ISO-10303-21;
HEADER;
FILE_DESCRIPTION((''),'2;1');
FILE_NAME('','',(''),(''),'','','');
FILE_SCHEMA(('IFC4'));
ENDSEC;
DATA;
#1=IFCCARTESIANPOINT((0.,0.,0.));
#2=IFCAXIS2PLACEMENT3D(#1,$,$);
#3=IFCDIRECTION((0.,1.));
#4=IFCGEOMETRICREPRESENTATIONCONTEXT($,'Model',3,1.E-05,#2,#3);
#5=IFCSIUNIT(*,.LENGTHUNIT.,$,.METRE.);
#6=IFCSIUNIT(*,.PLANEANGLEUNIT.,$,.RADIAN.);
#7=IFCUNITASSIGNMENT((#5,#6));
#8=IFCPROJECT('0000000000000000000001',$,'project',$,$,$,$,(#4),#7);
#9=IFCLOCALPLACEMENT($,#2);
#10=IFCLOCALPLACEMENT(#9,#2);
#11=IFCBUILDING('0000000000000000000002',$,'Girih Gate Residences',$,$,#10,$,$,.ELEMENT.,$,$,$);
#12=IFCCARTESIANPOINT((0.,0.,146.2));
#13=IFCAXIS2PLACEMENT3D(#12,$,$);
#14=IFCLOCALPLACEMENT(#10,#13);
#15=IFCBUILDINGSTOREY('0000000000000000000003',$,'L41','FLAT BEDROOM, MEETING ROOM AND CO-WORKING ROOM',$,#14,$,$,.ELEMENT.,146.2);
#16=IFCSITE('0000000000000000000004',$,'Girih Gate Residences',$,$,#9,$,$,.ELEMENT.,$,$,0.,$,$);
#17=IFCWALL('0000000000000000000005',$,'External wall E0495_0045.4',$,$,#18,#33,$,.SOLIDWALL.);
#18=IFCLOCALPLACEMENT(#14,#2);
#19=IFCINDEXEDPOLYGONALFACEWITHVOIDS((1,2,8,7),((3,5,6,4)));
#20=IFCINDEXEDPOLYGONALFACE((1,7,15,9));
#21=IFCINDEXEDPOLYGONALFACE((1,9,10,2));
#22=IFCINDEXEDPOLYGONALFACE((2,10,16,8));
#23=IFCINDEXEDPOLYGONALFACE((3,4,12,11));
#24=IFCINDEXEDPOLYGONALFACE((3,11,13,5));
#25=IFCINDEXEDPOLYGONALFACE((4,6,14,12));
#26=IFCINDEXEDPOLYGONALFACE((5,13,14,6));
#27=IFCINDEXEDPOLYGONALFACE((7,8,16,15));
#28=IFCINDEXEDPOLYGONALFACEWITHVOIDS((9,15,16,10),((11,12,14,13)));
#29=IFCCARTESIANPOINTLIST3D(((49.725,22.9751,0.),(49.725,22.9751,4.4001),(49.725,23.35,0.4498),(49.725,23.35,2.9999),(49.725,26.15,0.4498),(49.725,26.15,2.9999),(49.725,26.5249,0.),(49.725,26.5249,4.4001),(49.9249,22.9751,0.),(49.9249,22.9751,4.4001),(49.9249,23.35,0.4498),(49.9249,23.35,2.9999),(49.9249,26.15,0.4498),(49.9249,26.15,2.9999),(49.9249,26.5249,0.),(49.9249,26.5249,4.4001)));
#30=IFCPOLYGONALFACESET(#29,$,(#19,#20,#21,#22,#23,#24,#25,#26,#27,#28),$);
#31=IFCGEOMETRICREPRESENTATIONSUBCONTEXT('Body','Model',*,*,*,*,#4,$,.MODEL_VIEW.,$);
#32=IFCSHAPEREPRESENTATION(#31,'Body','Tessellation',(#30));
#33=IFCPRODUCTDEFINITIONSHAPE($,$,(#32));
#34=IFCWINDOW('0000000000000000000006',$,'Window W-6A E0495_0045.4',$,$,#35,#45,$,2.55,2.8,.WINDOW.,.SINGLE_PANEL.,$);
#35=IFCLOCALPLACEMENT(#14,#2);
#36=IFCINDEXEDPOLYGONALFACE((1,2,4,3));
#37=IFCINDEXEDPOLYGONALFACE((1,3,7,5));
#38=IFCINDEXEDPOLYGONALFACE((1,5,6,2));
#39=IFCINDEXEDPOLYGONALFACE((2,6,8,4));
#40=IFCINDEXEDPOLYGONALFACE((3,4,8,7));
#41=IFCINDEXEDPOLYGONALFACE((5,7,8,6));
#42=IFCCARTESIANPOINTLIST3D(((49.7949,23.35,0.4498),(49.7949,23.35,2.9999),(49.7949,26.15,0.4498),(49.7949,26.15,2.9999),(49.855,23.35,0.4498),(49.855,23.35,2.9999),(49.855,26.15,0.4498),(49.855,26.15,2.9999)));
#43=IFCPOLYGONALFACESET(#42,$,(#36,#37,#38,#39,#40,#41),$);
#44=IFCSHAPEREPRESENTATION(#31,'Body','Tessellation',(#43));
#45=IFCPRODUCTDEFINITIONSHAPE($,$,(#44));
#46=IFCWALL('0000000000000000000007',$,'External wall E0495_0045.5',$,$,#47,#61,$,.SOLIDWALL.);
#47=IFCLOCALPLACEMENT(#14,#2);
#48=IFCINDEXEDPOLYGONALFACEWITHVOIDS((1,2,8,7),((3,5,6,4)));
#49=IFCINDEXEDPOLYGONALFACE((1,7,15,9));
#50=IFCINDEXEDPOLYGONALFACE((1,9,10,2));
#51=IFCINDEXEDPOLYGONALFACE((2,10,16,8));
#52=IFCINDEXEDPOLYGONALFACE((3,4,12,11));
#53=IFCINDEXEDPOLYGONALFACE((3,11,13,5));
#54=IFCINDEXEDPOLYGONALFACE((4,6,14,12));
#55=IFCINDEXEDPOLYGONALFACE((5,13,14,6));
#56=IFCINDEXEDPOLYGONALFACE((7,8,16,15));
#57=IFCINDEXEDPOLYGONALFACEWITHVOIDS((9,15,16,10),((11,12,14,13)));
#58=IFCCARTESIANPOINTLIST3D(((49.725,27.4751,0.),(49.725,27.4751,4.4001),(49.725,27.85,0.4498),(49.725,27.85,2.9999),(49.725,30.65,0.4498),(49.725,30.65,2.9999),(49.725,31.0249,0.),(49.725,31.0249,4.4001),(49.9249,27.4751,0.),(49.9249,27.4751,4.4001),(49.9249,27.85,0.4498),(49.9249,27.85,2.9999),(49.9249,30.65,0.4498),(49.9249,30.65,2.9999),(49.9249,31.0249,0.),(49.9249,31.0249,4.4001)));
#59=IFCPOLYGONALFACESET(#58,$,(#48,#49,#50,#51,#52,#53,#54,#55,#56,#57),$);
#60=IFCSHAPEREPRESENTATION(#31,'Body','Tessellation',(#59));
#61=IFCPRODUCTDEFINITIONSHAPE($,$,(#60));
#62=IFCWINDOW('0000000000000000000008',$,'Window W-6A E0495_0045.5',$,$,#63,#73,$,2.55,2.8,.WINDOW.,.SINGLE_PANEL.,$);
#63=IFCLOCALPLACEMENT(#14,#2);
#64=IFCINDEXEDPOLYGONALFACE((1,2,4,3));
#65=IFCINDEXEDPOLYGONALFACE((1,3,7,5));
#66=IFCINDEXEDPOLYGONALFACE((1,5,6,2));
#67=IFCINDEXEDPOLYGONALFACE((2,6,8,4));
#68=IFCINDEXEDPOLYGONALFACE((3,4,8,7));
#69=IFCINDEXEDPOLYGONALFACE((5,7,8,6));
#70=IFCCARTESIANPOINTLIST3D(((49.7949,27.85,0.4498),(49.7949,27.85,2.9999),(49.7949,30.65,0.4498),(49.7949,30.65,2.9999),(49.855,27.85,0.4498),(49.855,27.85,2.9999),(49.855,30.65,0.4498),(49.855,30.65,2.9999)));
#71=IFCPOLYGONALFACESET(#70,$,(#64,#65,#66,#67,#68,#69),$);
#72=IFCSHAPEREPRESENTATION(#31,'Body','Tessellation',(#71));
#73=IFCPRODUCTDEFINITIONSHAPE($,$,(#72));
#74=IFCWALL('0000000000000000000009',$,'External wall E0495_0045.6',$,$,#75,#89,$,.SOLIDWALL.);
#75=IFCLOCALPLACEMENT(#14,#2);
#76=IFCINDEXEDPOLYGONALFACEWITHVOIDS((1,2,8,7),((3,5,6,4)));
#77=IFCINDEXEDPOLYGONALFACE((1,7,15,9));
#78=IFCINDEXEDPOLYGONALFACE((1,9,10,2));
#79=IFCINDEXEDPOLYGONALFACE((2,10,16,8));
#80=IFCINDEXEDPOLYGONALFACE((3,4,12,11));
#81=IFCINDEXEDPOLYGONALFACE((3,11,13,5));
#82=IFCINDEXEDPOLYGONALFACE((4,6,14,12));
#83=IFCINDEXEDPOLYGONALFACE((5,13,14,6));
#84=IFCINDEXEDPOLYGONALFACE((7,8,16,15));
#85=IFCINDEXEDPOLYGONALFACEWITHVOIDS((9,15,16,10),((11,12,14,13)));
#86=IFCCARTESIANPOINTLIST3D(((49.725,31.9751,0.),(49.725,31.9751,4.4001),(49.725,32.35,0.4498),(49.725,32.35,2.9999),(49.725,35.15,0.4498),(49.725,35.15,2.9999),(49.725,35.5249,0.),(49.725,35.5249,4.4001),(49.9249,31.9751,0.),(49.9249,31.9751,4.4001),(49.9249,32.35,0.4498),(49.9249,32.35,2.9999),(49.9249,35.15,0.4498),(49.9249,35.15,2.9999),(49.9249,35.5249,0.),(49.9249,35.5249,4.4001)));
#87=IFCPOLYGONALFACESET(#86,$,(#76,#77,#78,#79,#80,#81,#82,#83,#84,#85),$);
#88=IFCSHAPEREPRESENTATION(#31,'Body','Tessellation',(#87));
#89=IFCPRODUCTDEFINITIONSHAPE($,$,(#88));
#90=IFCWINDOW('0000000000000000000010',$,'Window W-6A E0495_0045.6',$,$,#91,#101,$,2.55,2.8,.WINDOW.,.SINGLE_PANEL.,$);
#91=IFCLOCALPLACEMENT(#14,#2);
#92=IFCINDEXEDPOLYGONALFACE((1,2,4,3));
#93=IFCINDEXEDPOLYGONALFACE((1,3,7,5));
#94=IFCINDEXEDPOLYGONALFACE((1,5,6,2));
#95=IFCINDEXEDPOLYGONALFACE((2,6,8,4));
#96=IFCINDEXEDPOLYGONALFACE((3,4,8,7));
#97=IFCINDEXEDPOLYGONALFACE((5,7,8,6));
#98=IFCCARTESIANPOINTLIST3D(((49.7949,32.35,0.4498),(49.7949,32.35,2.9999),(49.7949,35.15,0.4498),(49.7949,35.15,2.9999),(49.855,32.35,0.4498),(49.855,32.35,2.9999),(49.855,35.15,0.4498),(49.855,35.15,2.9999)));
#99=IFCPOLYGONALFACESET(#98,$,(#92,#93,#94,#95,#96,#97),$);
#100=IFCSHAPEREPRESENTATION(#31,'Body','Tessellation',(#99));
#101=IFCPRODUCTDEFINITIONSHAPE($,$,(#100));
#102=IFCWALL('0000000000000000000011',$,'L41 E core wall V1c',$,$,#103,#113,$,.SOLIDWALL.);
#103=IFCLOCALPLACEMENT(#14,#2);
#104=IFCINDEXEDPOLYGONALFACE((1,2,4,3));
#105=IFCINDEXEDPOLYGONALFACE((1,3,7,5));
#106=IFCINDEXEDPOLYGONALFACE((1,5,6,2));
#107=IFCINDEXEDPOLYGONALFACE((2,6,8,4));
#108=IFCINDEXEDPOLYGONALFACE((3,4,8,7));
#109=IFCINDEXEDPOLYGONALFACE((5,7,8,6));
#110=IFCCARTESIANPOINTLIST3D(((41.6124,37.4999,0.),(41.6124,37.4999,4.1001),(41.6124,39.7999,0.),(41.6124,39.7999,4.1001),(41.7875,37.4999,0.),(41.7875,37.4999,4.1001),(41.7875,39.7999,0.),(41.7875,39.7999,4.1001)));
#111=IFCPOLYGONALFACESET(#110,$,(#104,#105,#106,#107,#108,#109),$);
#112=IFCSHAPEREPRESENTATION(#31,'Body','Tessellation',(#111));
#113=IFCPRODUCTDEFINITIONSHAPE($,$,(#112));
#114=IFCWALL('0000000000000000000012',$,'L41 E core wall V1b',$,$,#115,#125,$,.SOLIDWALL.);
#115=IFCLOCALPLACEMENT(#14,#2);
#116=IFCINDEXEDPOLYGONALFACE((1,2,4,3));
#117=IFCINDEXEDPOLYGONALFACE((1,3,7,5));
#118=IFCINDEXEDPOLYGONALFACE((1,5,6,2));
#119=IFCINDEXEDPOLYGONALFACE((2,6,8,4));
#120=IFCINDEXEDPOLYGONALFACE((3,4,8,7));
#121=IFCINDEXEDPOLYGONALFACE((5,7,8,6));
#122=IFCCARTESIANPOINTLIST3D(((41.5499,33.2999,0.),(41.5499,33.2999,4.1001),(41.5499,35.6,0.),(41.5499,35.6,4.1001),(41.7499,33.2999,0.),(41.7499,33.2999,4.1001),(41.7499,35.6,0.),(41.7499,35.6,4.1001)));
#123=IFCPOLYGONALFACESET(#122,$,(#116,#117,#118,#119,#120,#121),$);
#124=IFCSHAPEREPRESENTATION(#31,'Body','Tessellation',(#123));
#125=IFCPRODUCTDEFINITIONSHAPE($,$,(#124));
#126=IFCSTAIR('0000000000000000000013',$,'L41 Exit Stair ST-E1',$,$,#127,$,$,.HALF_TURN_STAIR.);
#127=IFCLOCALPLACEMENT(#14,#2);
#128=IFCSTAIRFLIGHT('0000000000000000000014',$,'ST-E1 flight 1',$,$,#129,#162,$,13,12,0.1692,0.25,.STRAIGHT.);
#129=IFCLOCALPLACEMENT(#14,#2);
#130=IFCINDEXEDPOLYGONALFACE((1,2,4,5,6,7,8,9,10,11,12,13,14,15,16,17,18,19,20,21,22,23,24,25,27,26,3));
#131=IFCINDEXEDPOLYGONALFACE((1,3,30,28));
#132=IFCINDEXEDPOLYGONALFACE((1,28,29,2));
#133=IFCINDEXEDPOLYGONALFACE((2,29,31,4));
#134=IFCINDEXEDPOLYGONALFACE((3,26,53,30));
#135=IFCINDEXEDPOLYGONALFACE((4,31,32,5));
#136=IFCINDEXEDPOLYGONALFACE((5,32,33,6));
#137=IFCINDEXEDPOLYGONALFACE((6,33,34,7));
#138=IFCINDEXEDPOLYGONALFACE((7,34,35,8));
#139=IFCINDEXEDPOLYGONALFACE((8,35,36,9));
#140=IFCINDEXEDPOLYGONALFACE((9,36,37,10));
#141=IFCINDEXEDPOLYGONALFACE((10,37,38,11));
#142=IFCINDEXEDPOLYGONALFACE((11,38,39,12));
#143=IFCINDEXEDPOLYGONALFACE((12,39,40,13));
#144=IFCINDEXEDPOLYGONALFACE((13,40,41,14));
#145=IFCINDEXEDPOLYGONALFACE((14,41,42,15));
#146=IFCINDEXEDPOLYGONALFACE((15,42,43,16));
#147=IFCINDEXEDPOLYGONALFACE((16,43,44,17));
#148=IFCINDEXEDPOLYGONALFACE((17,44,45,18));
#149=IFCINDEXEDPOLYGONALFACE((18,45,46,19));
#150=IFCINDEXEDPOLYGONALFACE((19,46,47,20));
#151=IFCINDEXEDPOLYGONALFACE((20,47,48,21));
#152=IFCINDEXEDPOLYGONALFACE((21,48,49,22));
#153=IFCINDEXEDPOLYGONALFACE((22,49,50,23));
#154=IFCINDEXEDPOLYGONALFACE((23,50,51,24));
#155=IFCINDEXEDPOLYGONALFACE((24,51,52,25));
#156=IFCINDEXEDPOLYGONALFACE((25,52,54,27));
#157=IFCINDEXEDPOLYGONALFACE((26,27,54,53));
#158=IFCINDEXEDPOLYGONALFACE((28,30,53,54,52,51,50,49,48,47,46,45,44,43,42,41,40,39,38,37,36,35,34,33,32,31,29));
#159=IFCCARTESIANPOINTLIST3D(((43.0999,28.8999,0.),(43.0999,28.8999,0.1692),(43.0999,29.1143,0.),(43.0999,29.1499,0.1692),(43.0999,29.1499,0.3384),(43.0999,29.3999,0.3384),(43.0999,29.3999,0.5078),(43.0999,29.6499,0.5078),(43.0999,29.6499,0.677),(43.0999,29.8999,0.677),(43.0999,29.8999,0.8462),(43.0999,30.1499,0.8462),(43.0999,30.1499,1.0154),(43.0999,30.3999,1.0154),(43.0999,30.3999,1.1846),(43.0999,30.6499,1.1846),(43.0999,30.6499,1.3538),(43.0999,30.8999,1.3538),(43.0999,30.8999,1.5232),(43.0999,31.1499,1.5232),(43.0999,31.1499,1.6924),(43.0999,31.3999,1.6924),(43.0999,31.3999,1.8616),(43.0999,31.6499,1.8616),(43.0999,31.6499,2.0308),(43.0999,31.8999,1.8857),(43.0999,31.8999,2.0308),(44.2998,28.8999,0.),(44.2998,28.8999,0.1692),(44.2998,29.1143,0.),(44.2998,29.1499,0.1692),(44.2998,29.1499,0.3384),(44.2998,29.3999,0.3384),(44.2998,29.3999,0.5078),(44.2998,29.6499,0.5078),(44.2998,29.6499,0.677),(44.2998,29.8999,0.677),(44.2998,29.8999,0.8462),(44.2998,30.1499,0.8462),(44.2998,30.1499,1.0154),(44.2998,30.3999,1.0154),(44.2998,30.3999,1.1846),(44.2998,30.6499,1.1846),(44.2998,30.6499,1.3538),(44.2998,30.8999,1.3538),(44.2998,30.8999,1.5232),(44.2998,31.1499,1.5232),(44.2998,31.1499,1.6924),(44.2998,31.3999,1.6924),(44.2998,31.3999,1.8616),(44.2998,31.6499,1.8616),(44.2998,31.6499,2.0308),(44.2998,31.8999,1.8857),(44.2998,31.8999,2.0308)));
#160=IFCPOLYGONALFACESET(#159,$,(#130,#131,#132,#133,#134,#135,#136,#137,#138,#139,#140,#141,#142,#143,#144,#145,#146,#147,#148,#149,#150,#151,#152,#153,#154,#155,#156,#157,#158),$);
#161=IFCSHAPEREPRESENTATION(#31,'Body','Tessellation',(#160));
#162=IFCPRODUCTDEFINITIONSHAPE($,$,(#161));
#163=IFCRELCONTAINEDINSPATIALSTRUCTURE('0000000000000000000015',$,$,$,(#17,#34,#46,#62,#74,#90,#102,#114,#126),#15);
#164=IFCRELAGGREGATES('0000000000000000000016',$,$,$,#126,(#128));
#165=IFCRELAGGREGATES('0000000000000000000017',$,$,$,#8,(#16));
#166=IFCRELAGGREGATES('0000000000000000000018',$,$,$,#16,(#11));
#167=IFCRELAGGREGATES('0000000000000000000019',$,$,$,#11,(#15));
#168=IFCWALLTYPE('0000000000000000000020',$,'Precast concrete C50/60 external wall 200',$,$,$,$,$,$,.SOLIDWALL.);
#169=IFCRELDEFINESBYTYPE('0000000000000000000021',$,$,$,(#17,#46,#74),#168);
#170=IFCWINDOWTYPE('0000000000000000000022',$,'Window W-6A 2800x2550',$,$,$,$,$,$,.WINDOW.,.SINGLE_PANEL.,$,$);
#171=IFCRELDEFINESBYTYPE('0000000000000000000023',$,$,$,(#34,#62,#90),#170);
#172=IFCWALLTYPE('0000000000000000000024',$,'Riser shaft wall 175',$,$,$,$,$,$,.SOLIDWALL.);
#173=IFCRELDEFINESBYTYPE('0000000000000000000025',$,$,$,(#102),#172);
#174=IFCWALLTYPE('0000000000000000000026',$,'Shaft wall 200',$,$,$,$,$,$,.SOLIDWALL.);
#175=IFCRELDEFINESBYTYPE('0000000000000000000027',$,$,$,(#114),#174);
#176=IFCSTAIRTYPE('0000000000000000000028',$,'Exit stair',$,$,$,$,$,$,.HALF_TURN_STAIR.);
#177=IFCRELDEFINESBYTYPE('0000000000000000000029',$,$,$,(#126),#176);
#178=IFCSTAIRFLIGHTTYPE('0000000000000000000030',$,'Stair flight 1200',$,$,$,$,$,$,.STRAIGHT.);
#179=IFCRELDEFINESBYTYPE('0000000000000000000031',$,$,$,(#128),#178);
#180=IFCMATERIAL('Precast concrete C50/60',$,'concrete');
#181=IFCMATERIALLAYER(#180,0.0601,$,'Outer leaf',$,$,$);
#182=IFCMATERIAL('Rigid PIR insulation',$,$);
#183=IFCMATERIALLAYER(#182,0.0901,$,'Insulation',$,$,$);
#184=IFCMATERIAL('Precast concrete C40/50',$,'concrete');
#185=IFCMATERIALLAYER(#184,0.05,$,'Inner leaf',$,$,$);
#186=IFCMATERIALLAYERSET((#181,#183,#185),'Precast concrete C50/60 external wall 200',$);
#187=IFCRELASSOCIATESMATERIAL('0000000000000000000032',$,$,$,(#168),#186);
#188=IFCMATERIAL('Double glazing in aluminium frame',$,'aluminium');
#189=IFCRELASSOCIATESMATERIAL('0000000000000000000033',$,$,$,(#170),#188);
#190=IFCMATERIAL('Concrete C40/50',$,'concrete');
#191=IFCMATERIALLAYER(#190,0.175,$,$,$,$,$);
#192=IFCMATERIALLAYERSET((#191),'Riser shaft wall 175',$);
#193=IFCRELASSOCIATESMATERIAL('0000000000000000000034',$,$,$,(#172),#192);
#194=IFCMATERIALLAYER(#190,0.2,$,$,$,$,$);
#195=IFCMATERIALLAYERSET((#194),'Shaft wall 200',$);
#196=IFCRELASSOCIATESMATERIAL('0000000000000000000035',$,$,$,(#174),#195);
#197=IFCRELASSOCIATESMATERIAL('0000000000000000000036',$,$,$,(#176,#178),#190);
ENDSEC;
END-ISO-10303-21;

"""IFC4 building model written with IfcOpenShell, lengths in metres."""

from ifc_helpers import new_model, si_unit, direction, frame, frame_2d, origin, place, context, subcontext, project, spatial, polyline, rectangle, outline, extrude, material, layer, layer_set, type_object, element, fill, aggregate, save


model = new_model("IFC4")

# Units and contexts
model_context = context("Model", 3, precision=1e-05, world=origin(), true_north=direction((0.0, 1.0)))
body_context = subcontext(model_context, "Body", "Model", "MODEL_VIEW")
ifc_project = project(units=[si_unit("LENGTHUNIT", "METRE"), si_unit("PLANEANGLEUNIT", "RADIAN")], contexts=[model_context])

# Site, building, storey
site_placement = place(None, origin())
site = spatial("IfcSite", under=ifc_project, at=site_placement, Name="Girih Gate Residences", CompositionType="ELEMENT", RefElevation=0.0)
building_placement = place(site_placement, origin())
building = spatial("IfcBuilding", under=site, at=building_placement, Name="Girih Gate Residences", CompositionType="ELEMENT")
storey_placement = place(building_placement, frame((0.0, 0.0, 146.2)))
storey = spatial("IfcBuildingStorey", under=building, at=storey_placement, Name="L41", Description="FLAT BEDROOM, MEETING ROOM AND CO-WORKING ROOM", CompositionType="ELEMENT", Elevation=146.2)

# Walls, openings, windows
ifc_material_1 = material(Name="Precast concrete C50/60", Category="concrete")
ifc_layer_1 = layer(ifc_material_1, 0.0601, Name="Outer leaf")
ifc_material_2 = material(Name="Rigid PIR insulation")
ifc_layer_2 = layer(ifc_material_2, 0.0901, Name="Insulation")
ifc_material_3 = material(Name="Precast concrete C40/50", Category="concrete")
ifc_layer_3 = layer(ifc_material_3, 0.05, Name="Inner leaf")
ifc_layer_set_1 = layer_set([ifc_layer_1, ifc_layer_2, ifc_layer_3], Name="Precast concrete C50/60 external wall 200")
wall_type_1 = type_object("IfcWallType", Name="Precast concrete C50/60 external wall 200", PredefinedType="SOLIDWALL", material=ifc_layer_set_1)
wall_1_placement = place(storey_placement, frame((49.825, 26.5249, 0.0), z_axis=(0.0, 0.0, 1.0), x_axis=(0.0, -1.0, 0.0)))
wall_1 = element("IfcWall", 1, at=wall_1_placement, inside=storey, type_object=wall_type_1, Name="External wall E0495_0045.4", PredefinedType="SOLIDWALL", context=body_context, shape_type="SweptSolid", body=[
    extrude(rectangle(XDim=3.5498, YDim=0.2, at=frame_2d((1.7749, 0.0))), origin(), (0.0, 0.0, 1.0), 4.4001),
])
opening_1_placement = place(wall_1_placement, frame((0.375, 0.0, 0.45)))
opening_1 = element("IfcOpeningElement", 2, at=opening_1_placement, cuts=wall_1, PredefinedType="OPENING", context=body_context, shape_type="SweptSolid", body=[
    extrude(rectangle(XDim=2.8, YDim=2.55, at=frame_2d((1.3999, 1.2749))), frame((0.0, 0.1099, 0.0), z_axis=(0.0, -1.0, 0.0), x_axis=(1.0, 0.0, 0.0)), (0.0, 0.0, 1.0), 0.22),
])
ifc_material_4 = material(Name="Double glazing in aluminium frame", Category="aluminium")
window_type = type_object("IfcWindowType", Name="Window W-6A 2800x2550", PartitioningType="SINGLE_PANEL", PredefinedType="WINDOW", material=ifc_material_4)
window_1_placement = place(opening_1_placement, origin())
window_1 = element("IfcWindow", 3, at=window_1_placement, inside=storey, type_object=window_type, Name="Window W-6A E0495_0045.4", OverallHeight=2.55, OverallWidth=2.8, PartitioningType="SINGLE_PANEL", PredefinedType="WINDOW", context=body_context, shape_type="SweptSolid", body=[
    extrude(rectangle(XDim=2.8, YDim=2.55, at=frame_2d((1.3999, 1.2749))), frame((0.0, 0.03, 0.0), z_axis=(0.0, -1.0, 0.0), x_axis=(1.0, 0.0, 0.0)), (0.0, 0.0, 1.0), 0.0601),
])
fill(opening_1, window_1)
wall_2_placement = place(storey_placement, frame((49.825, 31.0249, 0.0), z_axis=(0.0, 0.0, 1.0), x_axis=(0.0, -1.0, 0.0)))
wall_2 = element("IfcWall", 4, at=wall_2_placement, inside=storey, type_object=wall_type_1, Name="External wall E0495_0045.5", PredefinedType="SOLIDWALL", context=body_context, shape_type="SweptSolid", body=[
    extrude(rectangle(XDim=3.5498, YDim=0.2, at=frame_2d((1.7749, 0.0))), origin(), (0.0, 0.0, 1.0), 4.4001),
])
opening_2_placement = place(wall_2_placement, frame((0.375, 0.0, 0.45)))
opening_2 = element("IfcOpeningElement", 5, at=opening_2_placement, cuts=wall_2, PredefinedType="OPENING", context=body_context, shape_type="SweptSolid", body=[
    extrude(rectangle(XDim=2.8, YDim=2.55, at=frame_2d((1.3999, 1.2749))), frame((0.0, 0.1099, 0.0), z_axis=(0.0, -1.0, 0.0), x_axis=(1.0, 0.0, 0.0)), (0.0, 0.0, 1.0), 0.22),
])
window_2_placement = place(opening_2_placement, origin())
window_2 = element("IfcWindow", 6, at=window_2_placement, inside=storey, type_object=window_type, Name="Window W-6A E0495_0045.5", OverallHeight=2.55, OverallWidth=2.8, PartitioningType="SINGLE_PANEL", PredefinedType="WINDOW", context=body_context, shape_type="SweptSolid", body=[
    extrude(rectangle(XDim=2.8, YDim=2.55, at=frame_2d((1.3999, 1.2749))), frame((0.0, 0.03, 0.0), z_axis=(0.0, -1.0, 0.0), x_axis=(1.0, 0.0, 0.0)), (0.0, 0.0, 1.0), 0.0601),
])
fill(opening_2, window_2)
wall_3_placement = place(storey_placement, frame((49.825, 35.5249, 0.0), z_axis=(0.0, 0.0, 1.0), x_axis=(0.0, -1.0, 0.0)))
wall_3 = element("IfcWall", 7, at=wall_3_placement, inside=storey, type_object=wall_type_1, Name="External wall E0495_0045.6", PredefinedType="SOLIDWALL", context=body_context, shape_type="SweptSolid", body=[
    extrude(rectangle(XDim=3.5498, YDim=0.2, at=frame_2d((1.7749, 0.0))), origin(), (0.0, 0.0, 1.0), 4.4001),
])
opening_3_placement = place(wall_3_placement, frame((0.375, 0.0, 0.45)))
opening_3 = element("IfcOpeningElement", 8, at=opening_3_placement, cuts=wall_3, PredefinedType="OPENING", context=body_context, shape_type="SweptSolid", body=[
    extrude(rectangle(XDim=2.8, YDim=2.55, at=frame_2d((1.3999, 1.2749))), frame((0.0, 0.1099, 0.0), z_axis=(0.0, -1.0, 0.0), x_axis=(1.0, 0.0, 0.0)), (0.0, 0.0, 1.0), 0.22),
])
window_3_placement = place(opening_3_placement, origin())
window_3 = element("IfcWindow", 9, at=window_3_placement, inside=storey, type_object=window_type, Name="Window W-6A E0495_0045.6", OverallHeight=2.55, OverallWidth=2.8, PartitioningType="SINGLE_PANEL", PredefinedType="WINDOW", context=body_context, shape_type="SweptSolid", body=[
    extrude(rectangle(XDim=2.8, YDim=2.55, at=frame_2d((1.3999, 1.2749))), frame((0.0, 0.03, 0.0), z_axis=(0.0, -1.0, 0.0), x_axis=(1.0, 0.0, 0.0)), (0.0, 0.0, 1.0), 0.0601),
])
fill(opening_3, window_3)

# Walls
ifc_material_5 = material(Name="Concrete C40/50", Category="concrete")
ifc_layer_4 = layer(ifc_material_5, 0.175)
ifc_layer_set_2 = layer_set([ifc_layer_4], Name="Riser shaft wall 175")
wall_type_2 = type_object("IfcWallType", Name="Riser shaft wall 175", PredefinedType="SOLIDWALL", material=ifc_layer_set_2)
wall_4_placement = place(storey_placement, frame((41.7, 37.5, 0.0), z_axis=(0.0, 0.0, 1.0), x_axis=(0.0, 1.0, 0.0)))
element("IfcWall", 10, at=wall_4_placement, inside=storey, type_object=wall_type_2, Name="L41 E core wall V1c", PredefinedType="SOLIDWALL", context=body_context, shape_type="SweptSolid", body=[
    extrude(rectangle(XDim=2.3, YDim=0.175, at=frame_2d((1.1499, 0.0))), origin(), (0.0, 0.0, 1.0), 4.1001),
])
ifc_layer_5 = layer(ifc_material_5, 0.2)
ifc_layer_set_3 = layer_set([ifc_layer_5], Name="Shaft wall 200")
wall_type_3 = type_object("IfcWallType", Name="Shaft wall 200", PredefinedType="SOLIDWALL", material=ifc_layer_set_3)
wall_5_placement = place(storey_placement, frame((41.6499, 33.3, 0.0), z_axis=(0.0, 0.0, 1.0), x_axis=(0.0, 1.0, 0.0)))
element("IfcWall", 11, at=wall_5_placement, inside=storey, type_object=wall_type_3, Name="L41 E core wall V1b", PredefinedType="SOLIDWALL", context=body_context, shape_type="SweptSolid", body=[
    extrude(rectangle(XDim=2.3, YDim=0.2, at=frame_2d((1.1499, 0.0))), origin(), (0.0, 0.0, 1.0), 4.1001),
])

# Stair, stair flight
stair_type = type_object("IfcStairType", Name="Exit stair", PredefinedType="HALF_TURN_STAIR", material=ifc_material_5)
stair_placement = place(storey_placement, origin())
stair = element("IfcStair", 12, at=stair_placement, inside=storey, type_object=stair_type, Name="L41 Exit Stair ST-E1", PredefinedType="HALF_TURN_STAIR")
stair_flight_type = type_object("IfcStairFlightType", Name="Stair flight 1200", PredefinedType="STRAIGHT", material=ifc_material_5)
stair_flight_1_placement = place(storey_placement, frame((43.7, 28.8999, 0.0), z_axis=(0.0, 0.0, 1.0), x_axis=(0.0, 1.0, 0.0)))
stair_flight_1 = element("IfcStairFlight", 13, at=stair_flight_1_placement, type_object=stair_flight_type, Name="ST-E1 flight 1", NumberOfRisers=13, NumberOfTreads=12, PredefinedType="STRAIGHT", RiserHeight=0.1692, TreadLength=0.25, context=body_context, shape_type="SweptSolid", body=[
    extrude(outline(polyline([(0.0, 0.0), (0.0, 0.1692), (0.25, 0.1692), (0.25, 0.3384), (0.5, 0.3384), (0.5, 0.5078), (0.75, 0.5078), (0.75, 0.677), (1.0, 0.677), (1.0, 0.8462), (1.25, 0.8462), (1.25, 1.0154), (1.5, 1.0154), (1.5, 1.1846), (1.75, 1.1846), (1.75, 1.3538), (2.0, 1.3538), (2.0, 1.5232), (2.25, 1.5232), (2.25, 1.6924), (2.5, 1.6924), (2.5, 1.8616), (2.75, 1.8616), (2.75, 2.0308), (3.0, 2.0308), (3.0, 2.2), (3.0, 1.8857), (0.2144, 0.0), (0.0, 0.0)])), frame((0.0, 0.6001, 0.0), z_axis=(0.0, -1.0, 0.0), x_axis=(1.0, 0.0, 0.0)), (0.0, 0.0, 1.0), 1.2),
])
aggregate(stair, [stair_flight_1])

save(model, "model.ifc")
